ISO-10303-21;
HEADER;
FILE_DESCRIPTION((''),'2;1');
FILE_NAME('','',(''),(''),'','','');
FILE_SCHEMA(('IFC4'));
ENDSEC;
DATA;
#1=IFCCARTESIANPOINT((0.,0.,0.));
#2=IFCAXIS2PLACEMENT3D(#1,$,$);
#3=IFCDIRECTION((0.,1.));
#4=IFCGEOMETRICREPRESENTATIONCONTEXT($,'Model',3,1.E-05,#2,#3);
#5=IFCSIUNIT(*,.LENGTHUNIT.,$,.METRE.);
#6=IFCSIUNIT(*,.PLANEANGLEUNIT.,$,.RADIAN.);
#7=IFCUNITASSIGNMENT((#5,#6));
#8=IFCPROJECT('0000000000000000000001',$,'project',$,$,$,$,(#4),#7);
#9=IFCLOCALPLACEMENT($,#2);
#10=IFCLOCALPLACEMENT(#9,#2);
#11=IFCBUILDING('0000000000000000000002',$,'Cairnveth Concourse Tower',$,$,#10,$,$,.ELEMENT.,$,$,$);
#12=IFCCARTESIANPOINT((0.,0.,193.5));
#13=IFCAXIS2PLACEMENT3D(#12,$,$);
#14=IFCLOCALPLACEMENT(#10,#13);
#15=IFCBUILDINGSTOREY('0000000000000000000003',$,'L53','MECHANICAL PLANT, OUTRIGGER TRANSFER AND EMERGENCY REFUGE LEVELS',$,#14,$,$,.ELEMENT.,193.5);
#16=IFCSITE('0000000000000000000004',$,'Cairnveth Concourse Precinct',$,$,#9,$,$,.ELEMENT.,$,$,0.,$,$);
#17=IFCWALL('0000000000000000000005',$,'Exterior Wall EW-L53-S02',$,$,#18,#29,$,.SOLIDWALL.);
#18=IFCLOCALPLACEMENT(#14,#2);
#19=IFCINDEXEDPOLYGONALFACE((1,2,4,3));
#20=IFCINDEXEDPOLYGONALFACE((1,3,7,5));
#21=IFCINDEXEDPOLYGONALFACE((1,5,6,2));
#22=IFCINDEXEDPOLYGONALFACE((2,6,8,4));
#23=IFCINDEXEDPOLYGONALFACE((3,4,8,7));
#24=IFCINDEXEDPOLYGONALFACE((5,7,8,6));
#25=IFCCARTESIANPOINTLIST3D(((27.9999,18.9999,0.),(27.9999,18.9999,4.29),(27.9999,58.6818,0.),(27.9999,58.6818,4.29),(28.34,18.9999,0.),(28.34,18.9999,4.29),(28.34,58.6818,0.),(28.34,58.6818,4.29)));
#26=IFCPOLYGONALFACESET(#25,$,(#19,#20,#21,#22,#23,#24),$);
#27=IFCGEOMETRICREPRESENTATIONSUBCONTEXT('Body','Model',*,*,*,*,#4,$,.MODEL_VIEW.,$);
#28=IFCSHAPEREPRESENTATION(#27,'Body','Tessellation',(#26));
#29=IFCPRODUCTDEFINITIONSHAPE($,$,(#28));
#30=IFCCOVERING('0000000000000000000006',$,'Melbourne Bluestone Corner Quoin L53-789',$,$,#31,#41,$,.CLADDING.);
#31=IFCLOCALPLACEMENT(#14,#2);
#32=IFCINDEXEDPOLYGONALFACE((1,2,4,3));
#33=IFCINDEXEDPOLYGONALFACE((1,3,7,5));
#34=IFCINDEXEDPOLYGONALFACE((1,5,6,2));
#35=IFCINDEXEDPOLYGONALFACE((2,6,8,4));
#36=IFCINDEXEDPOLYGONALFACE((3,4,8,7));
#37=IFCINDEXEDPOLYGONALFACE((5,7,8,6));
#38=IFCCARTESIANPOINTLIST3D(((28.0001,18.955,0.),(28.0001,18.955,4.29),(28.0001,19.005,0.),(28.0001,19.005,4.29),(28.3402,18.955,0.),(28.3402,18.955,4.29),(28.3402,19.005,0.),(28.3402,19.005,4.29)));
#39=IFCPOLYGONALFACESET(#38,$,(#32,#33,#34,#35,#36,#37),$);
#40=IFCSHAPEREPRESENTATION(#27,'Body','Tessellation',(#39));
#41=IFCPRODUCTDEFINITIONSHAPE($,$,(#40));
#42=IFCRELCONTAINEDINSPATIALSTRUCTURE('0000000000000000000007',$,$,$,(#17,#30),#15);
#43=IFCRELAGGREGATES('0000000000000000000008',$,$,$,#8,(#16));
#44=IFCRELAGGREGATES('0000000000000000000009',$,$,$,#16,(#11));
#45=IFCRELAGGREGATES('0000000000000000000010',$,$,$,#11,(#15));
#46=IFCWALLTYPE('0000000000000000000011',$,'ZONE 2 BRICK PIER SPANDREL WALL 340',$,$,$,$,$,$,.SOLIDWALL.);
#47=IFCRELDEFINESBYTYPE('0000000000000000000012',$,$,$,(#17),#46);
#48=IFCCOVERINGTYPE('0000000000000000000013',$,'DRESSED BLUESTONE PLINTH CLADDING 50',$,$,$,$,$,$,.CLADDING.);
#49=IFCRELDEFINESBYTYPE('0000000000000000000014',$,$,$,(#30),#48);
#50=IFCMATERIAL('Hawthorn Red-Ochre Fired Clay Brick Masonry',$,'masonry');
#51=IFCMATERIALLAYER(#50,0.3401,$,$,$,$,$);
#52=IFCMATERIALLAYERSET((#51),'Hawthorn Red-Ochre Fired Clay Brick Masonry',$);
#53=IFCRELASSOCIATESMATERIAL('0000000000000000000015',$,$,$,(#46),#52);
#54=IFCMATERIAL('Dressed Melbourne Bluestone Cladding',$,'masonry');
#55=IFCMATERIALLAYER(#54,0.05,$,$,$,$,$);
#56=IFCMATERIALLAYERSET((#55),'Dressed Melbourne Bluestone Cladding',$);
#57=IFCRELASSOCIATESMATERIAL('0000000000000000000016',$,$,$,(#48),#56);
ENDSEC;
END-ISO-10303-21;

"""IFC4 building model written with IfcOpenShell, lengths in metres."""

from ifc_helpers import new_model, si_unit, direction, frame, frame_2d, origin, place, context, subcontext, project, spatial, rectangle, extrude, material, layer, layer_set, type_object, element, save


model = new_model("IFC4")

# Units and contexts
model_context = context("Model", 3, precision=1e-05, world=origin(), true_north=direction((0.0, 1.0)))
body_context = subcontext(model_context, "Body", "Model", "MODEL_VIEW")
ifc_project = project(units=[si_unit("LENGTHUNIT", "METRE"), si_unit("PLANEANGLEUNIT", "RADIAN")], contexts=[model_context])

# Site, building, storey
site_placement = place(None, origin())
site = spatial("IfcSite", under=ifc_project, at=site_placement, Name="Cairnveth Concourse Precinct", CompositionType="ELEMENT", RefElevation=0.0)
building_placement = place(site_placement, origin())
building = spatial("IfcBuilding", under=site, at=building_placement, Name="Cairnveth Concourse Tower", CompositionType="ELEMENT")
storey_placement = place(building_placement, frame((0.0, 0.0, 193.5)))
storey = spatial("IfcBuildingStorey", under=building, at=storey_placement, Name="L53", Description="MECHANICAL PLANT, OUTRIGGER TRANSFER AND EMERGENCY REFUGE LEVELS", CompositionType="ELEMENT", Elevation=193.5)

# Wall
ifc_material_1 = material(Name="Hawthorn Red-Ochre Fired Clay Brick Masonry", Category="masonry")
ifc_layer_1 = layer(ifc_material_1, 0.3401)
ifc_layer_set_1 = layer_set([ifc_layer_1], Name="Hawthorn Red-Ochre Fired Clay Brick Masonry")
wall_type_1 = type_object("IfcWallType", Name="ZONE 2 BRICK PIER SPANDREL WALL 340", PredefinedType="SOLIDWALL", material=ifc_layer_set_1)
wall_1_placement = place(storey_placement, frame((28.1699, 19.0, 0.0), z_axis=(0.0, 0.0, 1.0), x_axis=(0.0, 1.0, 0.0)))
element("IfcWall", 1, at=wall_1_placement, inside=storey, type_object=wall_type_1, Name="Exterior Wall EW-L53-S02", PredefinedType="SOLIDWALL", context=body_context, shape_type="SweptSolid", body=[
    extrude(rectangle(XDim=39.6819, YDim=0.3401, at=frame_2d((19.8408, 0.0))), origin(), (0.0, 0.0, 1.0), 4.29),
])

# Covering
ifc_material_2 = material(Name="Dressed Melbourne Bluestone Cladding", Category="masonry")
ifc_layer_2 = layer(ifc_material_2, 0.05)
ifc_layer_set_2 = layer_set([ifc_layer_2], Name="Dressed Melbourne Bluestone Cladding")
covering_type = type_object("IfcCoveringType", Name="DRESSED BLUESTONE PLINTH CLADDING 50", PredefinedType="CLADDING", material=ifc_layer_set_2)
covering_placement = place(storey_placement, frame((28.3401, 18.98, 0.0), z_axis=(0.0, 0.0, 1.0), x_axis=(-1.0, 0.0, 0.0)))
element("IfcCovering", 2, at=covering_placement, inside=storey, type_object=covering_type, Name="Melbourne Bluestone Corner Quoin L53-789", PredefinedType="CLADDING", context=body_context, shape_type="SweptSolid", body=[
    extrude(rectangle(XDim=0.3401, YDim=0.05, at=frame_2d((0.1699, 0.0))), origin(), (0.0, 0.0, 1.0), 4.29),
])

save(model, "model.ifc")
